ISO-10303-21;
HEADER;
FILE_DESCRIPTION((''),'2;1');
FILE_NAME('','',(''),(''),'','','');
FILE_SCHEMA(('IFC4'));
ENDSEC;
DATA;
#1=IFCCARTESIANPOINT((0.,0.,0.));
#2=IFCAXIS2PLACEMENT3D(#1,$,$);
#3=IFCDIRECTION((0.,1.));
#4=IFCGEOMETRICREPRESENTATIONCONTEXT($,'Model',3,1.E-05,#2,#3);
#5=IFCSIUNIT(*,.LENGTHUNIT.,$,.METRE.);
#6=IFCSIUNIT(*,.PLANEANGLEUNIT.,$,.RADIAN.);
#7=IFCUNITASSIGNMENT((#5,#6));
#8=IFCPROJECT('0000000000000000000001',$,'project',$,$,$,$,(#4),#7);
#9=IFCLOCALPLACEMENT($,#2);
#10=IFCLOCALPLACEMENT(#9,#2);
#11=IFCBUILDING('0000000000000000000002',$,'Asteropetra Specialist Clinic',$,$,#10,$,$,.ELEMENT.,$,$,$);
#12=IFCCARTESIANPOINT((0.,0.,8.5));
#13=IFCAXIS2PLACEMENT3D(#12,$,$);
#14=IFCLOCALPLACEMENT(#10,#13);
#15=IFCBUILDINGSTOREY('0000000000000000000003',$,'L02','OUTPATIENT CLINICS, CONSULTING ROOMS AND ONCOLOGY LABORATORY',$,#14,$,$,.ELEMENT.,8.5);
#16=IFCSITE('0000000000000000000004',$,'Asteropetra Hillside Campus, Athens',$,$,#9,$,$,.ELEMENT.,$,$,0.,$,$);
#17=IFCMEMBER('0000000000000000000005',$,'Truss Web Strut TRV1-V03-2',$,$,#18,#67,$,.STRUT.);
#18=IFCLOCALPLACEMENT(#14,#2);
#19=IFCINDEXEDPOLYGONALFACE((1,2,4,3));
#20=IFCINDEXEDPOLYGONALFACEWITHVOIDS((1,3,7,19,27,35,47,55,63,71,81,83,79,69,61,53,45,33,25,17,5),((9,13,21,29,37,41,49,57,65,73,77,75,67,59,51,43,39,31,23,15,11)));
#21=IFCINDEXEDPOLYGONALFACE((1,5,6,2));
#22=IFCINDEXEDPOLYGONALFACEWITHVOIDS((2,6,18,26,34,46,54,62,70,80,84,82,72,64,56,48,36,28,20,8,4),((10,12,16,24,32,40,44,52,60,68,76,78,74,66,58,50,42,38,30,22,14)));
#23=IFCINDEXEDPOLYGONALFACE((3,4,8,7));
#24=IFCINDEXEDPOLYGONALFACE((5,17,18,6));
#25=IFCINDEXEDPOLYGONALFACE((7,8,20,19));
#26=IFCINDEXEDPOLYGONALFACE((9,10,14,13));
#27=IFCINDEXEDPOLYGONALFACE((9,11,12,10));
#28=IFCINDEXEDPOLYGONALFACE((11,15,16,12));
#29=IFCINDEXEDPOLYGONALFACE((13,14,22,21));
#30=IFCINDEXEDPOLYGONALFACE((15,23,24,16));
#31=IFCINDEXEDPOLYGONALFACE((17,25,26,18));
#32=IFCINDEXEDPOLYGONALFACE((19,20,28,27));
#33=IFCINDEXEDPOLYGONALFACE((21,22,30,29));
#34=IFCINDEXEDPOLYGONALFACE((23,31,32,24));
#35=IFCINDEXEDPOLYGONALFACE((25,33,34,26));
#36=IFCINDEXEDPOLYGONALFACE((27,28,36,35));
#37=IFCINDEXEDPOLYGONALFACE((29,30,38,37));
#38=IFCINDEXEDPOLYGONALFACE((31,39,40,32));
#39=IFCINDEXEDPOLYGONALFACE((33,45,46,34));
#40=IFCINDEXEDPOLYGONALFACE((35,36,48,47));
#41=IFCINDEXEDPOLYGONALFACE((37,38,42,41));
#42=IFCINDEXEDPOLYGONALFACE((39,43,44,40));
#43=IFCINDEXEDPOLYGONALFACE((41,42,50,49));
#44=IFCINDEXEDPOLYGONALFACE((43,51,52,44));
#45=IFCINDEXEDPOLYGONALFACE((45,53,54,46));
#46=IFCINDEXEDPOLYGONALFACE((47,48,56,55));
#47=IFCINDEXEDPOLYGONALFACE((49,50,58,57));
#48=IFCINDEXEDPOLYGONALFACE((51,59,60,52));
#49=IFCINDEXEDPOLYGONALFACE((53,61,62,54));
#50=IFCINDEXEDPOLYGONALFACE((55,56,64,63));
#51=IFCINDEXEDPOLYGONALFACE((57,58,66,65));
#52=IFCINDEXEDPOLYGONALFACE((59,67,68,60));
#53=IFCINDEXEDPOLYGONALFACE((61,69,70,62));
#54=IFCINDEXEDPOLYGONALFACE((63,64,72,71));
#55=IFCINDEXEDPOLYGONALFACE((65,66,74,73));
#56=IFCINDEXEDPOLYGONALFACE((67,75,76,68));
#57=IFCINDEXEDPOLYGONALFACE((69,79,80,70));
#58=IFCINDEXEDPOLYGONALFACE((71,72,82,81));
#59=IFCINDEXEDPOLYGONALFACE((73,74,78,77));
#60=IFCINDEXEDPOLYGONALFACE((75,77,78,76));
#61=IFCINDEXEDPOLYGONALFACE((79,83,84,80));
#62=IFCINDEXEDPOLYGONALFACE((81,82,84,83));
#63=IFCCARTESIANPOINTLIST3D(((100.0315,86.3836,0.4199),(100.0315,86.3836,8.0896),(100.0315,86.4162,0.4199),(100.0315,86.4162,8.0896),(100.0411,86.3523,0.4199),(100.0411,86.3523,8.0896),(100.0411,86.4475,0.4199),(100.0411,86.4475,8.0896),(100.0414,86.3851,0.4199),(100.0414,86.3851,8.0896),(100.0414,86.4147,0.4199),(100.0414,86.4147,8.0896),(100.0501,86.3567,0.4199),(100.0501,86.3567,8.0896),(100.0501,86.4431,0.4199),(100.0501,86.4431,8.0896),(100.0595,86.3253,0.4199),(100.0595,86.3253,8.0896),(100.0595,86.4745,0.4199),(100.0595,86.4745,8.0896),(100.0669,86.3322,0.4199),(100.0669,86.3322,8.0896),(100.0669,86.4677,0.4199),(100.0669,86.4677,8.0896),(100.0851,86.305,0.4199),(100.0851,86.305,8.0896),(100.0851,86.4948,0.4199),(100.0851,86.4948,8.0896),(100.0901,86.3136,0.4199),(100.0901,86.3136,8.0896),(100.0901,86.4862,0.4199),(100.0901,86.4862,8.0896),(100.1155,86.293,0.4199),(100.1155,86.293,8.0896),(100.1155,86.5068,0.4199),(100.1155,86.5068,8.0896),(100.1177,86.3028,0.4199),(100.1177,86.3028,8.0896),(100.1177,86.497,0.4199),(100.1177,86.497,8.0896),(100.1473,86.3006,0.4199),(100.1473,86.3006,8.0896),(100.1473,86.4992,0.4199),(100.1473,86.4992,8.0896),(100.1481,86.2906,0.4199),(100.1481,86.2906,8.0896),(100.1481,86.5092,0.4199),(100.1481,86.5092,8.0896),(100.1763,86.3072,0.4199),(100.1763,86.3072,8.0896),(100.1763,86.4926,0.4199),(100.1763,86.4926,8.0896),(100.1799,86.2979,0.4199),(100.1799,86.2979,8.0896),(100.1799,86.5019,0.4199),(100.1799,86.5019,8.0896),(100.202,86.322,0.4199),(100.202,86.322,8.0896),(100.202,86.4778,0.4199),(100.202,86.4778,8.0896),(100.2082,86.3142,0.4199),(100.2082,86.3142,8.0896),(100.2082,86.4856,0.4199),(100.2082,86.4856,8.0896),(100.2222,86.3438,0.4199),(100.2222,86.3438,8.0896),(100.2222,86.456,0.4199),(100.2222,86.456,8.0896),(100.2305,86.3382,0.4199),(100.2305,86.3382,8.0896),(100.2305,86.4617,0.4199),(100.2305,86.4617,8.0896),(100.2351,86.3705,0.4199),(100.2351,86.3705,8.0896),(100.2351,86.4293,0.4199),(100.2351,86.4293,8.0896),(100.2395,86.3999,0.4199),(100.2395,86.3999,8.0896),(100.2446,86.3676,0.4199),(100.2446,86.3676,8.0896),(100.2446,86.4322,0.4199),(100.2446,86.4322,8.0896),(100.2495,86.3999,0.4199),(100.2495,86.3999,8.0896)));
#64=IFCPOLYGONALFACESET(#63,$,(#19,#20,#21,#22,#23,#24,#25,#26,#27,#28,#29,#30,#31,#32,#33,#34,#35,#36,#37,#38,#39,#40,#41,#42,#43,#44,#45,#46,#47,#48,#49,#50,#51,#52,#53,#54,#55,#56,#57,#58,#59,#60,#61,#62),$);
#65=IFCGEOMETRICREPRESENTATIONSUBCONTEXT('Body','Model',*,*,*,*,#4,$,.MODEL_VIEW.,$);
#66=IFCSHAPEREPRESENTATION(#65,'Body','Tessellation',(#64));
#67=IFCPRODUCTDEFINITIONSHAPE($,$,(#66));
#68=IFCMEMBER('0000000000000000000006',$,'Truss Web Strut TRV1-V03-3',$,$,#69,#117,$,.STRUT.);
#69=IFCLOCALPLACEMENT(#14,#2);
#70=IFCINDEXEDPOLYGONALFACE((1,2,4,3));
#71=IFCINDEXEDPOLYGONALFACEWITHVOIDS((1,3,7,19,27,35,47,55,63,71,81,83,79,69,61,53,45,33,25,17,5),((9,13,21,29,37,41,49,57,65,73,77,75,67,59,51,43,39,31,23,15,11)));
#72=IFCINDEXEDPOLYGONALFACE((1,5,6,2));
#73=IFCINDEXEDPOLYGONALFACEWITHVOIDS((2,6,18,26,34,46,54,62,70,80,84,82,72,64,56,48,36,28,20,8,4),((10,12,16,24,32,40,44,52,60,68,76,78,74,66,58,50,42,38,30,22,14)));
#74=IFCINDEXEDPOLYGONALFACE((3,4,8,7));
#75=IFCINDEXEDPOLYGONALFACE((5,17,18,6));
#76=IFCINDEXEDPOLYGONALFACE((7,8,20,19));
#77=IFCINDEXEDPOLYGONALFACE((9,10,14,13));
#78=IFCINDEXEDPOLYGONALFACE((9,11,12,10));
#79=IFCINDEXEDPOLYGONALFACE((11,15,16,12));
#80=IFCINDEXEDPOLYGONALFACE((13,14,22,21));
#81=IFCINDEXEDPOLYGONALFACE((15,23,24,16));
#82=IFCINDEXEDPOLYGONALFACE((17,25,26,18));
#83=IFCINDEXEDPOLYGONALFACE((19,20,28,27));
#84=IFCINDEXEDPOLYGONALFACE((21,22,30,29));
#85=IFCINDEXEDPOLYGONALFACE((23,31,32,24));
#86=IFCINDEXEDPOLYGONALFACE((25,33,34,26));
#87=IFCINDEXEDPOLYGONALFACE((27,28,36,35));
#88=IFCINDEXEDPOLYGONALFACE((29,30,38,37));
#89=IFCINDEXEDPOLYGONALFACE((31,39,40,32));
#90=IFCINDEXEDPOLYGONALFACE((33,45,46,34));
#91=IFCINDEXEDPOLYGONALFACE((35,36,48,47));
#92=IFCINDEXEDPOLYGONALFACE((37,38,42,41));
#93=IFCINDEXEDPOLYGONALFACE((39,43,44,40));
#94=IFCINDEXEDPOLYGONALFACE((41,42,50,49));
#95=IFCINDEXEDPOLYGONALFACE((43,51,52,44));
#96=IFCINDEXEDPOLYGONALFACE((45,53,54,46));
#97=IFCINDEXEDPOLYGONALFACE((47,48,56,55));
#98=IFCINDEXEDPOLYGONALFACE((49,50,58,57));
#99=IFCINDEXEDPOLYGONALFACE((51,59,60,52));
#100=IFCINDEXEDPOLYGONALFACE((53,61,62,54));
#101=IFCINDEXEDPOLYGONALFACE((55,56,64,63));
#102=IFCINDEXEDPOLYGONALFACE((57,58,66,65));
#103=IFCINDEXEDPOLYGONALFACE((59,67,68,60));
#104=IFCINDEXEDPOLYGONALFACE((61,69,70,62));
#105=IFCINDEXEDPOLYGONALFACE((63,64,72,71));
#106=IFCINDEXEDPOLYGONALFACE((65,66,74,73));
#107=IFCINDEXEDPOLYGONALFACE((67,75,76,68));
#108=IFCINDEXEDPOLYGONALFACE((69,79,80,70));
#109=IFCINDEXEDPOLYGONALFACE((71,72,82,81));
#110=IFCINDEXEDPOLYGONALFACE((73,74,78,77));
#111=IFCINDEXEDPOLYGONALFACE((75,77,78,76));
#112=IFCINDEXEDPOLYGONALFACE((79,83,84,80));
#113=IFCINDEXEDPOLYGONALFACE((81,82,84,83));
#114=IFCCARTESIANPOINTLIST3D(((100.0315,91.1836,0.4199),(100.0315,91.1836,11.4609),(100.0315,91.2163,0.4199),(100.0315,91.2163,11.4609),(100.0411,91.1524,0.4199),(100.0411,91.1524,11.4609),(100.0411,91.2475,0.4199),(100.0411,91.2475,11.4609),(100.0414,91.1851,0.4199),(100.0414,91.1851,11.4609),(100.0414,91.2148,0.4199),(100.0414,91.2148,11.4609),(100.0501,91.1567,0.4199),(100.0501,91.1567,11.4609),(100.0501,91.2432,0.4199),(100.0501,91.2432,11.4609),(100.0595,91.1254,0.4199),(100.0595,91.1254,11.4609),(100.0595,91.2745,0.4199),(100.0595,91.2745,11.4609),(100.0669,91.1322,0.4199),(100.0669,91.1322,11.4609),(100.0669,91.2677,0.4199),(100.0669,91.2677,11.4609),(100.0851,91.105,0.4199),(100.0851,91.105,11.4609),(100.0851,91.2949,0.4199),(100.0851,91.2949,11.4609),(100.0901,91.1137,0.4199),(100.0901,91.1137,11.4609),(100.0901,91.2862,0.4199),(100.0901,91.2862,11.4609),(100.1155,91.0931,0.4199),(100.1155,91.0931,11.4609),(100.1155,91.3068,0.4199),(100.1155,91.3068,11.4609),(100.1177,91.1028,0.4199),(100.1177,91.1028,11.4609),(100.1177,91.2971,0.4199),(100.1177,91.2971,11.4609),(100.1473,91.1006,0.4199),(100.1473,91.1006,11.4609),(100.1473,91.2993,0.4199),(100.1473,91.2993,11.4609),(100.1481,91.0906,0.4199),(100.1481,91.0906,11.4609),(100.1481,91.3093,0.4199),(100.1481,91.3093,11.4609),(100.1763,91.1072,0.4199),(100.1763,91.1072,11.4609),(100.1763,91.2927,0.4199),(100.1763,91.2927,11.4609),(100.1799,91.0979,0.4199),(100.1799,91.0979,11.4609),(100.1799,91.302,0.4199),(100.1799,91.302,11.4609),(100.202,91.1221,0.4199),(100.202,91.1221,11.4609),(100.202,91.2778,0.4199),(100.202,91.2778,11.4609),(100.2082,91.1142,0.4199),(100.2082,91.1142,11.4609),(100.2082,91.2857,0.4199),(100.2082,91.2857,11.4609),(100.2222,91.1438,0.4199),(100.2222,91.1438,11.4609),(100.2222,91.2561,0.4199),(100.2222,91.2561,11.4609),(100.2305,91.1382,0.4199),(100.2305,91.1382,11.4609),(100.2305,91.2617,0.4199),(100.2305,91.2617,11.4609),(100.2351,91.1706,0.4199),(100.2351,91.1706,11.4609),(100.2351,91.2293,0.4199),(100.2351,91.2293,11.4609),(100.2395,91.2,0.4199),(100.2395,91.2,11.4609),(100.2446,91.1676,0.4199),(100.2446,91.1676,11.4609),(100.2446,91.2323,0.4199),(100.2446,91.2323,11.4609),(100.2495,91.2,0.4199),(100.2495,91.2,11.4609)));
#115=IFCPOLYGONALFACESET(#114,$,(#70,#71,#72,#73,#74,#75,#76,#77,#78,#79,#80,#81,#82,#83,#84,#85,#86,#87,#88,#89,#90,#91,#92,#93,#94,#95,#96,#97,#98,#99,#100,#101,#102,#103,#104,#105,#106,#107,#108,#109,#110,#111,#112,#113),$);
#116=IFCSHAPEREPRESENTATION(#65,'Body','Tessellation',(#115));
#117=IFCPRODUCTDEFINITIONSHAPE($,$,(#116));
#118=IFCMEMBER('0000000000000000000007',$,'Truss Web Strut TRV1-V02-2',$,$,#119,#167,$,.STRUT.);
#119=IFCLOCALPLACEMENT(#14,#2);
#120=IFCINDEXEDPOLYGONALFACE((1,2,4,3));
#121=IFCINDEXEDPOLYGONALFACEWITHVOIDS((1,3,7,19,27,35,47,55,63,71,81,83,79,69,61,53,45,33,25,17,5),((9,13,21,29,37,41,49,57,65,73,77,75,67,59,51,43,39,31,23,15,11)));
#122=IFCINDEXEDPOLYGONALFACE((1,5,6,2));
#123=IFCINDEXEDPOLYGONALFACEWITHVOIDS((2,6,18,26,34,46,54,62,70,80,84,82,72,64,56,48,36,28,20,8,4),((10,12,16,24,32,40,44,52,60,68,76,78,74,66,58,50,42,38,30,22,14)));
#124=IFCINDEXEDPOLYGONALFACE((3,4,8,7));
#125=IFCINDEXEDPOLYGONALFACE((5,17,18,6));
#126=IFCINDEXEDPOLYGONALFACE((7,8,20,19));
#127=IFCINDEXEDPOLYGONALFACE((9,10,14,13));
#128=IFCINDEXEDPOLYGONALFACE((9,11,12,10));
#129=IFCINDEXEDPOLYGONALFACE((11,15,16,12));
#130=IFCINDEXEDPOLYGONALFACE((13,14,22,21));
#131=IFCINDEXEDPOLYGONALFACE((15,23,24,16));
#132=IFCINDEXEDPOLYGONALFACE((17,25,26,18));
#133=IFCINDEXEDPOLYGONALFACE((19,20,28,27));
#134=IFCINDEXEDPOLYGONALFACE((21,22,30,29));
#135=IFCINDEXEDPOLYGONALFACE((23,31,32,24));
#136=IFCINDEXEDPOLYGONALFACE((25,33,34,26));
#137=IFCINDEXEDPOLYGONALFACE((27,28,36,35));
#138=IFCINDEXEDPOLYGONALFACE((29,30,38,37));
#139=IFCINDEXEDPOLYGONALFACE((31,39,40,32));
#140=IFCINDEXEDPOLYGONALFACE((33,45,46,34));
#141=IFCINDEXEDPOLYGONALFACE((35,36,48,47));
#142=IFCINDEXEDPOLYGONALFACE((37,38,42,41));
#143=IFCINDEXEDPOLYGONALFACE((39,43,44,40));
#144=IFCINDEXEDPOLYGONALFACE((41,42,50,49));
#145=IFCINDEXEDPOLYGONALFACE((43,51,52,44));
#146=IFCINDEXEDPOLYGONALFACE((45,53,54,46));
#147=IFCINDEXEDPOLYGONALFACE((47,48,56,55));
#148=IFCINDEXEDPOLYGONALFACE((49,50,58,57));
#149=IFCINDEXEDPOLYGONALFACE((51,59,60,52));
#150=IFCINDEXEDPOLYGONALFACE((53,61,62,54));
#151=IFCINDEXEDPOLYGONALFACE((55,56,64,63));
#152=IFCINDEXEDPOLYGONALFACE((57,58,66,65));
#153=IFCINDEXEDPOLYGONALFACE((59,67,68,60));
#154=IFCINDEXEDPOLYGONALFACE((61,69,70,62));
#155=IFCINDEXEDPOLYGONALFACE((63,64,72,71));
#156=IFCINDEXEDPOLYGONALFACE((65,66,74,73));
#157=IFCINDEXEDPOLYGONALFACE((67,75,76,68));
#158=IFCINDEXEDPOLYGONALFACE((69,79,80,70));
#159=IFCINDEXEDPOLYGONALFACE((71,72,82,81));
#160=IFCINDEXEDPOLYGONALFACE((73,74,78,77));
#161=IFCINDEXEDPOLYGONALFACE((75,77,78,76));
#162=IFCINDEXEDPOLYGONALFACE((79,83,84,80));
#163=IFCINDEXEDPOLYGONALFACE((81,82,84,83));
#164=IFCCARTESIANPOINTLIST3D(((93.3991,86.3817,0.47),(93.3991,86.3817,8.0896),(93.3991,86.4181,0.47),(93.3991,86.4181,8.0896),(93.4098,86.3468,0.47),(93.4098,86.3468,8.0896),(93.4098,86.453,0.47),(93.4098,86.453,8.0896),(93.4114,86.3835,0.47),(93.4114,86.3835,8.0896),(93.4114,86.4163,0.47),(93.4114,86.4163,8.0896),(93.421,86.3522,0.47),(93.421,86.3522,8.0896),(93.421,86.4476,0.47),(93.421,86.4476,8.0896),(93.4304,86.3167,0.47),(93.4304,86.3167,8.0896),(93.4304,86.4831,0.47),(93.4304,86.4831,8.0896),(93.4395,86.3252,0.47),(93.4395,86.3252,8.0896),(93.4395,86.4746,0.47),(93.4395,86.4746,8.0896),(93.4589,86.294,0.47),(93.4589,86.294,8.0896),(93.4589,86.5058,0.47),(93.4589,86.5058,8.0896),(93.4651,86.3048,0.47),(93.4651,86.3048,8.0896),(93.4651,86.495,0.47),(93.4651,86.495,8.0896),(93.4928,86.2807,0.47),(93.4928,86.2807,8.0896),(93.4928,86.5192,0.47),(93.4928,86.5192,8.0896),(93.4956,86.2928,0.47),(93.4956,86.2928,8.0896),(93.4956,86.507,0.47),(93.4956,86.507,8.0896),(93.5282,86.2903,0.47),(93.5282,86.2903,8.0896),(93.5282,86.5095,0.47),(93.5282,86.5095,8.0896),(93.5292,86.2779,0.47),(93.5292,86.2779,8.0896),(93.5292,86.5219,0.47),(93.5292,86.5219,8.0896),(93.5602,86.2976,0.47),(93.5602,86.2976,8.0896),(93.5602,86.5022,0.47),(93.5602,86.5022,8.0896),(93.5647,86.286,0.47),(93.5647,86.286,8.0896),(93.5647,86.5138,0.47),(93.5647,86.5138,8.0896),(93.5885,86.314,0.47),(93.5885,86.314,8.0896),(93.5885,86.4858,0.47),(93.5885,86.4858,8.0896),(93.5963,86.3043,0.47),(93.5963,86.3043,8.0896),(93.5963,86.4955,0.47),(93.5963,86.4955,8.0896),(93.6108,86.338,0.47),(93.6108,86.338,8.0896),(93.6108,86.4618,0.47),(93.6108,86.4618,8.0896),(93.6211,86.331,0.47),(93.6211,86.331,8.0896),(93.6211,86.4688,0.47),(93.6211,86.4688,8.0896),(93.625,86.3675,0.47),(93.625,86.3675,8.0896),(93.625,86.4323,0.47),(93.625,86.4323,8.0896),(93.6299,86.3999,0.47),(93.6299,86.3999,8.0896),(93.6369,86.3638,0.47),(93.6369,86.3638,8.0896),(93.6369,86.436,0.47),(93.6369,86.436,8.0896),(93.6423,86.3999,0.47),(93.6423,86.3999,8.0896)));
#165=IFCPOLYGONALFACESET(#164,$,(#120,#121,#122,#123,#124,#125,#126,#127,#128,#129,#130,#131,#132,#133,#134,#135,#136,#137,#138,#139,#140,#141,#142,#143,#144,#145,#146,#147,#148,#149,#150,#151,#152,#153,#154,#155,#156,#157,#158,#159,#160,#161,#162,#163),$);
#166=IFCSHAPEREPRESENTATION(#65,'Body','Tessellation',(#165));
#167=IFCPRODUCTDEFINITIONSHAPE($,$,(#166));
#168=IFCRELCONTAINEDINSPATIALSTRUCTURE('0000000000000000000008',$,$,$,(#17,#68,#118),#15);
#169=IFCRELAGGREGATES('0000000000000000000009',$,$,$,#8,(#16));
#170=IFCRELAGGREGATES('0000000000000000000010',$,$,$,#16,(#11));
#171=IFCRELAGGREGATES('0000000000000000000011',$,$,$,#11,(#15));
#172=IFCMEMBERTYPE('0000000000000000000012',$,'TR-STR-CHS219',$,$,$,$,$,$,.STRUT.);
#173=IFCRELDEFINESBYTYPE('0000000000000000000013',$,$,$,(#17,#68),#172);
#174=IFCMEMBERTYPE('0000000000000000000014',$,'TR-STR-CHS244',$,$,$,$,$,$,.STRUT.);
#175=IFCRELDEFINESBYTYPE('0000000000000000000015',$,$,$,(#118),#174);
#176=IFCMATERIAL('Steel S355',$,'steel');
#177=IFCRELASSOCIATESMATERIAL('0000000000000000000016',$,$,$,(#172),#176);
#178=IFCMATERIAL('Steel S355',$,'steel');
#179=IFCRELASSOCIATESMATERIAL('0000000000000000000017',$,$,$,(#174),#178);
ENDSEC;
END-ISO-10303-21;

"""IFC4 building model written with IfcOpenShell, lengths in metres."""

from ifc_helpers import new_model, si_unit, direction, frame, origin, origin_2d, place, context, subcontext, project, spatial, hollow_circle, extrude, material, material_profile, profile_set, type_object, element, save


model = new_model("IFC4")

# Units and contexts
model_context = context("Model", 3, precision=1e-05, world=origin(), true_north=direction((0.0, 1.0)))
body_context = subcontext(model_context, "Body", "Model", "MODEL_VIEW")
ifc_project = project(units=[si_unit("LENGTHUNIT", "METRE"), si_unit("PLANEANGLEUNIT", "RADIAN")], contexts=[model_context])

# Site, building, storey
site_placement = place(None, origin())
site = spatial("IfcSite", under=ifc_project, at=site_placement, Name="Asteropetra Hillside Campus, Athens", CompositionType="ELEMENT", RefElevation=0.0)
building_placement = place(site_placement, origin())
building = spatial("IfcBuilding", under=site, at=building_placement, Name="Asteropetra Specialist Clinic", CompositionType="ELEMENT")
storey_placement = place(building_placement, frame((0.0, 0.0, 8.5)))
storey = spatial("IfcBuildingStorey", under=building, at=storey_placement, Name="L02", Description="OUTPATIENT CLINICS, CONSULTING ROOMS AND ONCOLOGY LABORATORY", CompositionType="ELEMENT", Elevation=8.5)

# Members
ifc_material_1 = material(Name="Steel S355", Category="steel")
ifc_material_profile_1 = material_profile(ifc_material_1, hollow_circle(Radius=0.1096, WallThickness=0.01, at=origin_2d()), Name="CHS 219.1x10.0")
ifc_profile_set_1 = profile_set([ifc_material_profile_1], Name="Steel S355")
member_type_1 = type_object("IfcMemberType", Name="TR-STR-CHS219", PredefinedType="STRUT", material=ifc_profile_set_1)
member_1_placement = place(storey_placement, frame((100.1399, 86.3999, 0.4199), z_axis=(0.0, 0.0, 1.0), x_axis=(1.0, 0.0, 0.0)))
element("IfcMember", 1, at=member_1_placement, inside=storey, type_object=member_type_1, Name="Truss Web Strut TRV1-V03-2", PredefinedType="STRUT", context=body_context, shape_type="SweptSolid", body=[
    extrude(hollow_circle(Radius=0.1096, WallThickness=0.01, at=origin_2d()), origin(), (0.0, 0.0, 1.0), 7.6697),
])
member_2_placement = place(storey_placement, frame((100.1399, 91.2, 0.4199), z_axis=(0.0, 0.0, 1.0), x_axis=(1.0, 0.0, 0.0)))
element("IfcMember", 2, at=member_2_placement, inside=storey, type_object=member_type_1, Name="Truss Web Strut TRV1-V03-3", PredefinedType="STRUT", context=body_context, shape_type="SweptSolid", body=[
    extrude(hollow_circle(Radius=0.1096, WallThickness=0.01, at=origin_2d()), origin(), (0.0, 0.0, 1.0), 11.041),
])
ifc_material_2 = material(Name="Steel S355", Category="steel")
ifc_material_profile_2 = material_profile(ifc_material_2, hollow_circle(Radius=0.1223, WallThickness=0.0125, at=origin_2d()), Name="CHS 244.5x12.5")
ifc_profile_set_2 = profile_set([ifc_material_profile_2], Name="Steel S355")
member_type_2 = type_object("IfcMemberType", Name="TR-STR-CHS244", PredefinedType="STRUT", material=ifc_profile_set_2)
member_3_placement = place(storey_placement, frame((93.52, 86.3999, 0.47), z_axis=(0.0, 0.0, 1.0), x_axis=(1.0, 0.0, 0.0)))
element("IfcMember", 3, at=member_3_placement, inside=storey, type_object=member_type_2, Name="Truss Web Strut TRV1-V02-2", PredefinedType="STRUT", context=body_context, shape_type="SweptSolid", body=[
    extrude(hollow_circle(Radius=0.1223, WallThickness=0.0125, at=origin_2d()), origin(), (0.0, 0.0, 1.0), 7.6196),
])

save(model, "model.ifc")
